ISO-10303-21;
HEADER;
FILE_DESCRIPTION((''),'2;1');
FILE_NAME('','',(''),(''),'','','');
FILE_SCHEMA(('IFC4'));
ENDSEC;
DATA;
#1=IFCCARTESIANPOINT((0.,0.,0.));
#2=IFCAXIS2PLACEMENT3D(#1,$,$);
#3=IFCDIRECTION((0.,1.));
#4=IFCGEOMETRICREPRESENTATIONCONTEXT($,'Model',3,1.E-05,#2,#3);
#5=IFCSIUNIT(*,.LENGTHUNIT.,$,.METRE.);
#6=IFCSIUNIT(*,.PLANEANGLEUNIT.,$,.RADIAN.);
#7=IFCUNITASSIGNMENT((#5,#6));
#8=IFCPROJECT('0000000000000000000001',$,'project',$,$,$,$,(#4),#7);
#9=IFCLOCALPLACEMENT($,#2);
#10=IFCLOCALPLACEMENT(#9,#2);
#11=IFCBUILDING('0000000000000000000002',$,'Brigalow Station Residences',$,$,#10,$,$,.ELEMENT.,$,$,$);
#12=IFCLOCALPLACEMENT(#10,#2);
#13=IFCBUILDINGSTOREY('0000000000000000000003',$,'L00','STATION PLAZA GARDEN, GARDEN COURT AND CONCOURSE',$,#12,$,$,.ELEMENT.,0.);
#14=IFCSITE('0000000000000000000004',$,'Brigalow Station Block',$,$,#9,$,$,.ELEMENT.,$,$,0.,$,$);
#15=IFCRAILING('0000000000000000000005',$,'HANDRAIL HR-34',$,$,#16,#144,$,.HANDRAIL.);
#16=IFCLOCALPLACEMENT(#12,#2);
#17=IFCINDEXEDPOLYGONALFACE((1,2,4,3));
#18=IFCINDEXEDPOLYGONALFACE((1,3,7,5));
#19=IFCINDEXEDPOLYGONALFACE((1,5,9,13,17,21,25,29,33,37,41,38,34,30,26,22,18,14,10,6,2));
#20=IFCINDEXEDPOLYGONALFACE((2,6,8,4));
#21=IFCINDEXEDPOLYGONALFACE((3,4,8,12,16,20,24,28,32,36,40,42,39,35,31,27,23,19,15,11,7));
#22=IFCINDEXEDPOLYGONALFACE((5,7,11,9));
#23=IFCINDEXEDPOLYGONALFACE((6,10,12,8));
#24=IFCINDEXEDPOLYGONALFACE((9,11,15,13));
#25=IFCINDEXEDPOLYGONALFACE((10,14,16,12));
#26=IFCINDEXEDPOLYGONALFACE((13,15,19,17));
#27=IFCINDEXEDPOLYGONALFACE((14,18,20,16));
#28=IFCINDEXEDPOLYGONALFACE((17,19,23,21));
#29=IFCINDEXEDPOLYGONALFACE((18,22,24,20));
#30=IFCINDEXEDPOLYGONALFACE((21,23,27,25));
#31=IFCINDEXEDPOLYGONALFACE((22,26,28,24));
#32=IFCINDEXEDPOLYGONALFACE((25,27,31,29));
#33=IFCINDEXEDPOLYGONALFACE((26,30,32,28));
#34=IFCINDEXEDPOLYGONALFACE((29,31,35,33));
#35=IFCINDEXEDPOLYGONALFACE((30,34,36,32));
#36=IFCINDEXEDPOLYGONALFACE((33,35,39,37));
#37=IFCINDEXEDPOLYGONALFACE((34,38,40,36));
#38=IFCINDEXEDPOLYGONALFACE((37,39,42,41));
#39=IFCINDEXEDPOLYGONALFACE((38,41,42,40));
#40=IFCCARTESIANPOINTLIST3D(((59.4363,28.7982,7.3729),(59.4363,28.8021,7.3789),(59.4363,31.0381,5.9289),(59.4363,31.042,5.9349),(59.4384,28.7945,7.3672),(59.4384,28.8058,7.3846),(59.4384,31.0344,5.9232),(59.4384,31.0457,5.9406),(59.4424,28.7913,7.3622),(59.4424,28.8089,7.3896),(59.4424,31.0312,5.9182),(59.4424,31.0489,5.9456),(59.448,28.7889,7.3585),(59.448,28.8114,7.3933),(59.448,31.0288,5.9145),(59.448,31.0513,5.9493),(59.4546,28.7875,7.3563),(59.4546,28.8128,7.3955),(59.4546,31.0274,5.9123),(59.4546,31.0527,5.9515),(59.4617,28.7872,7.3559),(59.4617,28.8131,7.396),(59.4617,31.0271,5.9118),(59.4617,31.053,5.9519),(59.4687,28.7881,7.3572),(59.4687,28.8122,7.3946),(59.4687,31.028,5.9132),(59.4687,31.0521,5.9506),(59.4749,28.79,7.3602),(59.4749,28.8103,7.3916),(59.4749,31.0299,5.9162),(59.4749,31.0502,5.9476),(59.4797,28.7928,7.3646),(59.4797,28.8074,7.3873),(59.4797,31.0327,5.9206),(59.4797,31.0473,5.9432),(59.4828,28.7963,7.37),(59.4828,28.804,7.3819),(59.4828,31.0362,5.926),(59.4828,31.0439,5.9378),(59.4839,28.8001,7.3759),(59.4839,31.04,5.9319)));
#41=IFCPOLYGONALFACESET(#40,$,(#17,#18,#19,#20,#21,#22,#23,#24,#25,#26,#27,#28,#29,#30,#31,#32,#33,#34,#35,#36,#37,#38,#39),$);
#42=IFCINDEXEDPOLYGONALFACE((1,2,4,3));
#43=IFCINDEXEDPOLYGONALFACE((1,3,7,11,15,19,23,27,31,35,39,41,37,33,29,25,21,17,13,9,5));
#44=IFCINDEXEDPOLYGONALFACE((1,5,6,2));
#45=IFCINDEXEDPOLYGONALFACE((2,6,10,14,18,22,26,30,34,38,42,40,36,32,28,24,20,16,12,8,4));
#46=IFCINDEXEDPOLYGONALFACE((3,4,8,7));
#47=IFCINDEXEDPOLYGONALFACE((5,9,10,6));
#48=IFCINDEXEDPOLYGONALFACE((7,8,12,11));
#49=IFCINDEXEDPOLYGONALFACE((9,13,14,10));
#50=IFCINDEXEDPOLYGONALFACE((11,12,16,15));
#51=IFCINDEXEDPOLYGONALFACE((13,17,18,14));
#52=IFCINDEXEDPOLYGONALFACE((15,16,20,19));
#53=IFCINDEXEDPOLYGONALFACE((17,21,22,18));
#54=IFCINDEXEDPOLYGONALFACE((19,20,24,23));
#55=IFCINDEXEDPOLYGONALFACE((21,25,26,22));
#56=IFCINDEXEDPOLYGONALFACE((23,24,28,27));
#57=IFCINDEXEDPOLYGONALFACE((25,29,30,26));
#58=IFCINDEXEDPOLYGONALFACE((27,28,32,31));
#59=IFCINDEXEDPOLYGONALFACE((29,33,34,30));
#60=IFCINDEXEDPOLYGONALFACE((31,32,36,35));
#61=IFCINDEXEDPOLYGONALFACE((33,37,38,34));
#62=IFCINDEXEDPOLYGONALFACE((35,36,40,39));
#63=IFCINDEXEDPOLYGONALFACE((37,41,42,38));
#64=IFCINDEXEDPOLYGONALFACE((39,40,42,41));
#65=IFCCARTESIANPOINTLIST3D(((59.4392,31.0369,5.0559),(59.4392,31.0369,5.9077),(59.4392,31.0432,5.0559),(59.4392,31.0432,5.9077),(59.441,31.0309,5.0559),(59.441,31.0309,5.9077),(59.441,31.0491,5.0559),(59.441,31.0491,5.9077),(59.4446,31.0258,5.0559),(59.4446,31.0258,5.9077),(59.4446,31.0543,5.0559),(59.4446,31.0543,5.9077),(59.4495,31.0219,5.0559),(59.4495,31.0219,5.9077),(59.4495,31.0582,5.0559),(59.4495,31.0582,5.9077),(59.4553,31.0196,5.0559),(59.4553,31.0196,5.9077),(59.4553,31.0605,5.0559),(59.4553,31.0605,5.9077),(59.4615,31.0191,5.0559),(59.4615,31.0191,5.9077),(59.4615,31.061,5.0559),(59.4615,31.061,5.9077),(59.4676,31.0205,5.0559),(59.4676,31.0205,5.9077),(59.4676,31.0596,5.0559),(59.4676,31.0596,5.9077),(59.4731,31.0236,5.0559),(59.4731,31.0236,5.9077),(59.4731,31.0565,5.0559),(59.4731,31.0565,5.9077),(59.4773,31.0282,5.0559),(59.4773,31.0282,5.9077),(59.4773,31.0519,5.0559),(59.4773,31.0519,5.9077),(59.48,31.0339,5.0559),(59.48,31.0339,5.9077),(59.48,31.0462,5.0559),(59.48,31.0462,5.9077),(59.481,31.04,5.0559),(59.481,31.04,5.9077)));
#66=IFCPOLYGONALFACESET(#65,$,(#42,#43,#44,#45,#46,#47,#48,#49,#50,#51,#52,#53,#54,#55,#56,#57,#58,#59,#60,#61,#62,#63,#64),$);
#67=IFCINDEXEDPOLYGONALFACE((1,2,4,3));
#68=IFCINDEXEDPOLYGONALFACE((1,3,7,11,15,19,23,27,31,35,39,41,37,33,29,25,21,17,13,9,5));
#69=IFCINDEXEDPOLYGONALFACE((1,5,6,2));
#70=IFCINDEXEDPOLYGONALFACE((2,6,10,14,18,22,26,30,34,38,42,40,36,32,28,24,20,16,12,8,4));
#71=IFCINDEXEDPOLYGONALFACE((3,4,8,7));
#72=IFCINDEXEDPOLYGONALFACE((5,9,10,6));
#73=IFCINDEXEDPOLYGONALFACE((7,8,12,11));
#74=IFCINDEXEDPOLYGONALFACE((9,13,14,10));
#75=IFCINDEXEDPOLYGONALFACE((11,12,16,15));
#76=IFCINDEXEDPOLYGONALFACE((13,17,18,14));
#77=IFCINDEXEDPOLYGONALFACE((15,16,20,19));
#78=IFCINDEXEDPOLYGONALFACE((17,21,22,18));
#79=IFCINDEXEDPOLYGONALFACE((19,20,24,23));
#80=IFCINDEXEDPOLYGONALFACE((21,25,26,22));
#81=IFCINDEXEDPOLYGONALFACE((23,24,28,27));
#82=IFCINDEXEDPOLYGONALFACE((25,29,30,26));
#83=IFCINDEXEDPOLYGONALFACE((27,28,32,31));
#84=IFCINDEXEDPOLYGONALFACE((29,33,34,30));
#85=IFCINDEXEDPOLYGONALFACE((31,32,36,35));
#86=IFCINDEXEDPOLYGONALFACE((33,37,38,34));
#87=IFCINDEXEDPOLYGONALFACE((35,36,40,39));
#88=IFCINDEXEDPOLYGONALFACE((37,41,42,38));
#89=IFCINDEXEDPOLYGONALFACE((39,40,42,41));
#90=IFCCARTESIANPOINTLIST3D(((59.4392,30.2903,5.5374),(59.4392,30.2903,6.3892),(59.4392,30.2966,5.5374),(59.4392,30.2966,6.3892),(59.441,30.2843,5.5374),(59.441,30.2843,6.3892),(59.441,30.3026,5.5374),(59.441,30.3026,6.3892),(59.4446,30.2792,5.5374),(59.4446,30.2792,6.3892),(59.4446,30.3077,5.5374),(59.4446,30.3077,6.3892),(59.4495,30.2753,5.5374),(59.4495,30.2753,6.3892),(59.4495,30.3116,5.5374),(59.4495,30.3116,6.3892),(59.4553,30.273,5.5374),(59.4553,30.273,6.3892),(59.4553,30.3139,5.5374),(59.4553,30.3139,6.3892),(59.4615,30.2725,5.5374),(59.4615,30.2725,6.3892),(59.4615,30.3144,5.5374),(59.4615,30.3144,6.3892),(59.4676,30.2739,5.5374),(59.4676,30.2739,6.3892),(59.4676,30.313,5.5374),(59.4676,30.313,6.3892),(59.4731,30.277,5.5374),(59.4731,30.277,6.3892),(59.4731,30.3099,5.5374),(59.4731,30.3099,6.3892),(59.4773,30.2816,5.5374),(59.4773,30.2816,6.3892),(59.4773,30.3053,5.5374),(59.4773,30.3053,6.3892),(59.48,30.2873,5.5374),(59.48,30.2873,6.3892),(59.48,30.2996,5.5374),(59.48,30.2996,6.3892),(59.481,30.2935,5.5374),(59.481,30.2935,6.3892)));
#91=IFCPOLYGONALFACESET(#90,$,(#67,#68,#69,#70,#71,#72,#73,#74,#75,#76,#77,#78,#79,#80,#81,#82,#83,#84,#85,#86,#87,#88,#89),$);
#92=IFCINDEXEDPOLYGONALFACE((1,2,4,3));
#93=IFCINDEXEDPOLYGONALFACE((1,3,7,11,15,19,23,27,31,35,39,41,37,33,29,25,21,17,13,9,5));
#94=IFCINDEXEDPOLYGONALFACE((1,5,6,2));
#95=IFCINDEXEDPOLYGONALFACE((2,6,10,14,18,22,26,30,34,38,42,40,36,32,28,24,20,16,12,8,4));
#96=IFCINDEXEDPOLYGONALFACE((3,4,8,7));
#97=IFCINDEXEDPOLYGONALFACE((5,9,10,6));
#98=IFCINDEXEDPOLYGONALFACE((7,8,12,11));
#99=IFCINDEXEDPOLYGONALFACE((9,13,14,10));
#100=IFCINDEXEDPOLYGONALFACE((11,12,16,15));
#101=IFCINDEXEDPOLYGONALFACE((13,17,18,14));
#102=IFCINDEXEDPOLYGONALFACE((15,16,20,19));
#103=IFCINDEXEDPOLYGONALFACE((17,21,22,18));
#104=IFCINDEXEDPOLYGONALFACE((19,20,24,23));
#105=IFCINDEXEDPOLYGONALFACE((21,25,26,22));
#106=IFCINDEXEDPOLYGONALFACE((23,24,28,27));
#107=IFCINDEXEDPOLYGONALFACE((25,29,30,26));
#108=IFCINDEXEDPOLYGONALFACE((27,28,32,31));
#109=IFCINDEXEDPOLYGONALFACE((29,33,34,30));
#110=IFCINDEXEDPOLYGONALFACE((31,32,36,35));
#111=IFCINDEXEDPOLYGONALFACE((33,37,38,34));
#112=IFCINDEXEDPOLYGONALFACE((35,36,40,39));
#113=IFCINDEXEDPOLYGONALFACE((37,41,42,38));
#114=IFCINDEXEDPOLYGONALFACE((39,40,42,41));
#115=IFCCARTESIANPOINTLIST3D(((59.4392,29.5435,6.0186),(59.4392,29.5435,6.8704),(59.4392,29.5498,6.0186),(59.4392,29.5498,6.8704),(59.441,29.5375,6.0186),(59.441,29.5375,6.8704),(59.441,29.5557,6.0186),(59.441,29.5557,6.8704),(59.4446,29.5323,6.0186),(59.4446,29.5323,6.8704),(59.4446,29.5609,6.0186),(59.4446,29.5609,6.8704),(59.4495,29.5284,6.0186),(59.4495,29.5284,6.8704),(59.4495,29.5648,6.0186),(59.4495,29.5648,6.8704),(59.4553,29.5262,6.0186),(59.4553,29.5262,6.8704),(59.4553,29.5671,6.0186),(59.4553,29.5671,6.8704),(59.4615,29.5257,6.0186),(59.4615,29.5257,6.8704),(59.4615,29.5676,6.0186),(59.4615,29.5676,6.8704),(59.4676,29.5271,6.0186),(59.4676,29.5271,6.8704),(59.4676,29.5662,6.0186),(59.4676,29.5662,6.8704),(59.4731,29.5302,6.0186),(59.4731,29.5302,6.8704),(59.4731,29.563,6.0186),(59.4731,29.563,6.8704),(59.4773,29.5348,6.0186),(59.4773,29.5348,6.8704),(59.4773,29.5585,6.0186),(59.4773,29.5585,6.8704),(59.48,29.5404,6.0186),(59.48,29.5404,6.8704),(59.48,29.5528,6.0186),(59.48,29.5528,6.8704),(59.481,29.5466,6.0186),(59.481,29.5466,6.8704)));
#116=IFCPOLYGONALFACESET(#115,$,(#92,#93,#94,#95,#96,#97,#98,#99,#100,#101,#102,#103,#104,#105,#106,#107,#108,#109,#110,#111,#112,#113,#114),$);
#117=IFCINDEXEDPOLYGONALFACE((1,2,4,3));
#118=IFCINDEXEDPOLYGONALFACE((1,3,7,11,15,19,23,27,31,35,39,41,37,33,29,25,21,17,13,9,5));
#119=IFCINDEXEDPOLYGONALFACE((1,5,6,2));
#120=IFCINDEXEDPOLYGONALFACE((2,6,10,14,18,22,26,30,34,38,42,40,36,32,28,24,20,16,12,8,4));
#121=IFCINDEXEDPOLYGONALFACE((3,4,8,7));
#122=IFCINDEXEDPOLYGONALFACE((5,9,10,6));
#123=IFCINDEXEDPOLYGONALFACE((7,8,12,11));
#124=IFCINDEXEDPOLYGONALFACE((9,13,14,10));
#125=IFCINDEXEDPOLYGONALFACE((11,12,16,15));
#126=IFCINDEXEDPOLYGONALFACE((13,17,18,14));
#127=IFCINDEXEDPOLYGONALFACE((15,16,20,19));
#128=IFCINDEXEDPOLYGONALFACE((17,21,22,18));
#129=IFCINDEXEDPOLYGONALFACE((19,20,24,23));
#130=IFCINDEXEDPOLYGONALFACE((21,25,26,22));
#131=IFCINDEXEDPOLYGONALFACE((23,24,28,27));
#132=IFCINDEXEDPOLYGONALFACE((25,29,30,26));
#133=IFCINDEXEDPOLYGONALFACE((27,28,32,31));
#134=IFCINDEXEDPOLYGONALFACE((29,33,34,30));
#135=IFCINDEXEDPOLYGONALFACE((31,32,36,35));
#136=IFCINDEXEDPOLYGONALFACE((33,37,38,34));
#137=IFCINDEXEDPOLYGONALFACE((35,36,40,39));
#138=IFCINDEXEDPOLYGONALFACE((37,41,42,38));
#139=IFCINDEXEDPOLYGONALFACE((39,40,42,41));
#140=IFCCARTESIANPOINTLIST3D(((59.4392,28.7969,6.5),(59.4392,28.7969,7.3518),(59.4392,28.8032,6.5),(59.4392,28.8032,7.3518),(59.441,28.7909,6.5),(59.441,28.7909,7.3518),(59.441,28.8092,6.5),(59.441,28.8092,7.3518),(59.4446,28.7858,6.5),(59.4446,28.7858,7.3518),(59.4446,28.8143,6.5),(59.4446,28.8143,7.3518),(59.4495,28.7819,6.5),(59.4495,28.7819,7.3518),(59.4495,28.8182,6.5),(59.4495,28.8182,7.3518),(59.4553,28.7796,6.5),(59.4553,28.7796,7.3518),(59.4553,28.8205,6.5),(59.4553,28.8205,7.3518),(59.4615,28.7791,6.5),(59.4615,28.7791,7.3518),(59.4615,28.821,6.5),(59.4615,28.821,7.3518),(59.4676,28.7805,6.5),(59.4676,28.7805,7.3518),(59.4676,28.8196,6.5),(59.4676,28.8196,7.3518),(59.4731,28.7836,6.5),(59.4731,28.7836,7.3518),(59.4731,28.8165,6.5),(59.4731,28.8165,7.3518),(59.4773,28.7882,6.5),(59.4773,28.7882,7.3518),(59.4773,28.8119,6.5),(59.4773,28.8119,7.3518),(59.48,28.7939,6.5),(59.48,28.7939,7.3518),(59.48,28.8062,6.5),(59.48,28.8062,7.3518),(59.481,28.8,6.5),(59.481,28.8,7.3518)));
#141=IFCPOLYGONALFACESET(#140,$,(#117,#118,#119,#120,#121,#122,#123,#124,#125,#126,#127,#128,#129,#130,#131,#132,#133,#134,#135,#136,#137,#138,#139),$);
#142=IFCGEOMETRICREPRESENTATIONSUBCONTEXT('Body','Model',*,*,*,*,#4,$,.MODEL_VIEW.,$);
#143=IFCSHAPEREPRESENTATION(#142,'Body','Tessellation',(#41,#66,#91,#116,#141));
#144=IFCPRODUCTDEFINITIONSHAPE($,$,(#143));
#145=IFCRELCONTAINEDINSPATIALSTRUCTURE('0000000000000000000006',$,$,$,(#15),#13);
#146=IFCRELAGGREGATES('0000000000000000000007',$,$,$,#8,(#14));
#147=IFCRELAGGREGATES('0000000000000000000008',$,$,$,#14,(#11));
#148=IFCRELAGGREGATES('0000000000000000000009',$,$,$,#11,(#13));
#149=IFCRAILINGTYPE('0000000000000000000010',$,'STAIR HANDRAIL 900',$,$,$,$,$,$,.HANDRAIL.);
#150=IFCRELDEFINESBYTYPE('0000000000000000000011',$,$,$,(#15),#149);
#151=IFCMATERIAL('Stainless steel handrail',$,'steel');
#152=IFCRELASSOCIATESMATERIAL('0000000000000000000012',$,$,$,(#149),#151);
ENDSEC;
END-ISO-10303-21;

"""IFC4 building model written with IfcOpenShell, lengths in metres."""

from ifc_helpers import new_model, si_unit, direction, frame, origin, origin_2d, place, context, subcontext, project, spatial, circle, extrude, material, type_object, element, save


model = new_model("IFC4")

# Units and contexts
model_context = context("Model", 3, precision=1e-05, world=origin(), true_north=direction((0.0, 1.0)))
body_context = subcontext(model_context, "Body", "Model", "MODEL_VIEW")
ifc_project = project(units=[si_unit("LENGTHUNIT", "METRE"), si_unit("PLANEANGLEUNIT", "RADIAN")], contexts=[model_context])

# Site, building, storey
site_placement = place(None, origin())
site = spatial("IfcSite", under=ifc_project, at=site_placement, Name="Brigalow Station Block", CompositionType="ELEMENT", RefElevation=0.0)
building_placement = place(site_placement, origin())
building = spatial("IfcBuilding", under=site, at=building_placement, Name="Brigalow Station Residences", CompositionType="ELEMENT")
storey_placement = place(building_placement, origin())
storey = spatial("IfcBuildingStorey", under=building, at=storey_placement, Name="L00", Description="STATION PLAZA GARDEN, GARDEN COURT AND CONCOURSE", CompositionType="ELEMENT", Elevation=0.0)

# Railing
ifc_material_1 = material(Name="Stainless steel handrail", Category="steel")
railing_type_1 = type_object("IfcRailingType", Name="STAIR HANDRAIL 900", PredefinedType="HANDRAIL", material=ifc_material_1)
railing_1_placement = place(storey_placement, frame((59.46, 31.04, 5.0559)))
element("IfcRailing", 1, at=railing_1_placement, inside=storey, type_object=railing_type_1, Name="HANDRAIL HR-34", PredefinedType="HANDRAIL", context=body_context, shape_type="SweptSolid", body=[
    extrude(circle(Radius=0.0239, at=origin_2d()), frame((0.0, 0.0, 0.876), z_axis=(0.0, -0.840478, 0.541845), x_axis=(1.0, 0.0, 0.0)), (0.0, 0.0, 1.0), 2.665),
    extrude(circle(Radius=0.021, at=origin_2d()), origin(), (0.0, 0.0, 1.0), 0.8518),
    extrude(circle(Radius=0.021, at=origin_2d()), frame((0.0, -0.7466, 0.4814)), (0.0, 0.0, 1.0), 0.8518),
    extrude(circle(Radius=0.021, at=origin_2d()), frame((0.0, -1.4934, 0.9626)), (0.0, 0.0, 1.0), 0.8518),
    extrude(circle(Radius=0.021, at=origin_2d()), frame((0.0, -2.24, 1.4441)), (0.0, 0.0, 1.0), 0.8518),
])

save(model, "model.ifc")
